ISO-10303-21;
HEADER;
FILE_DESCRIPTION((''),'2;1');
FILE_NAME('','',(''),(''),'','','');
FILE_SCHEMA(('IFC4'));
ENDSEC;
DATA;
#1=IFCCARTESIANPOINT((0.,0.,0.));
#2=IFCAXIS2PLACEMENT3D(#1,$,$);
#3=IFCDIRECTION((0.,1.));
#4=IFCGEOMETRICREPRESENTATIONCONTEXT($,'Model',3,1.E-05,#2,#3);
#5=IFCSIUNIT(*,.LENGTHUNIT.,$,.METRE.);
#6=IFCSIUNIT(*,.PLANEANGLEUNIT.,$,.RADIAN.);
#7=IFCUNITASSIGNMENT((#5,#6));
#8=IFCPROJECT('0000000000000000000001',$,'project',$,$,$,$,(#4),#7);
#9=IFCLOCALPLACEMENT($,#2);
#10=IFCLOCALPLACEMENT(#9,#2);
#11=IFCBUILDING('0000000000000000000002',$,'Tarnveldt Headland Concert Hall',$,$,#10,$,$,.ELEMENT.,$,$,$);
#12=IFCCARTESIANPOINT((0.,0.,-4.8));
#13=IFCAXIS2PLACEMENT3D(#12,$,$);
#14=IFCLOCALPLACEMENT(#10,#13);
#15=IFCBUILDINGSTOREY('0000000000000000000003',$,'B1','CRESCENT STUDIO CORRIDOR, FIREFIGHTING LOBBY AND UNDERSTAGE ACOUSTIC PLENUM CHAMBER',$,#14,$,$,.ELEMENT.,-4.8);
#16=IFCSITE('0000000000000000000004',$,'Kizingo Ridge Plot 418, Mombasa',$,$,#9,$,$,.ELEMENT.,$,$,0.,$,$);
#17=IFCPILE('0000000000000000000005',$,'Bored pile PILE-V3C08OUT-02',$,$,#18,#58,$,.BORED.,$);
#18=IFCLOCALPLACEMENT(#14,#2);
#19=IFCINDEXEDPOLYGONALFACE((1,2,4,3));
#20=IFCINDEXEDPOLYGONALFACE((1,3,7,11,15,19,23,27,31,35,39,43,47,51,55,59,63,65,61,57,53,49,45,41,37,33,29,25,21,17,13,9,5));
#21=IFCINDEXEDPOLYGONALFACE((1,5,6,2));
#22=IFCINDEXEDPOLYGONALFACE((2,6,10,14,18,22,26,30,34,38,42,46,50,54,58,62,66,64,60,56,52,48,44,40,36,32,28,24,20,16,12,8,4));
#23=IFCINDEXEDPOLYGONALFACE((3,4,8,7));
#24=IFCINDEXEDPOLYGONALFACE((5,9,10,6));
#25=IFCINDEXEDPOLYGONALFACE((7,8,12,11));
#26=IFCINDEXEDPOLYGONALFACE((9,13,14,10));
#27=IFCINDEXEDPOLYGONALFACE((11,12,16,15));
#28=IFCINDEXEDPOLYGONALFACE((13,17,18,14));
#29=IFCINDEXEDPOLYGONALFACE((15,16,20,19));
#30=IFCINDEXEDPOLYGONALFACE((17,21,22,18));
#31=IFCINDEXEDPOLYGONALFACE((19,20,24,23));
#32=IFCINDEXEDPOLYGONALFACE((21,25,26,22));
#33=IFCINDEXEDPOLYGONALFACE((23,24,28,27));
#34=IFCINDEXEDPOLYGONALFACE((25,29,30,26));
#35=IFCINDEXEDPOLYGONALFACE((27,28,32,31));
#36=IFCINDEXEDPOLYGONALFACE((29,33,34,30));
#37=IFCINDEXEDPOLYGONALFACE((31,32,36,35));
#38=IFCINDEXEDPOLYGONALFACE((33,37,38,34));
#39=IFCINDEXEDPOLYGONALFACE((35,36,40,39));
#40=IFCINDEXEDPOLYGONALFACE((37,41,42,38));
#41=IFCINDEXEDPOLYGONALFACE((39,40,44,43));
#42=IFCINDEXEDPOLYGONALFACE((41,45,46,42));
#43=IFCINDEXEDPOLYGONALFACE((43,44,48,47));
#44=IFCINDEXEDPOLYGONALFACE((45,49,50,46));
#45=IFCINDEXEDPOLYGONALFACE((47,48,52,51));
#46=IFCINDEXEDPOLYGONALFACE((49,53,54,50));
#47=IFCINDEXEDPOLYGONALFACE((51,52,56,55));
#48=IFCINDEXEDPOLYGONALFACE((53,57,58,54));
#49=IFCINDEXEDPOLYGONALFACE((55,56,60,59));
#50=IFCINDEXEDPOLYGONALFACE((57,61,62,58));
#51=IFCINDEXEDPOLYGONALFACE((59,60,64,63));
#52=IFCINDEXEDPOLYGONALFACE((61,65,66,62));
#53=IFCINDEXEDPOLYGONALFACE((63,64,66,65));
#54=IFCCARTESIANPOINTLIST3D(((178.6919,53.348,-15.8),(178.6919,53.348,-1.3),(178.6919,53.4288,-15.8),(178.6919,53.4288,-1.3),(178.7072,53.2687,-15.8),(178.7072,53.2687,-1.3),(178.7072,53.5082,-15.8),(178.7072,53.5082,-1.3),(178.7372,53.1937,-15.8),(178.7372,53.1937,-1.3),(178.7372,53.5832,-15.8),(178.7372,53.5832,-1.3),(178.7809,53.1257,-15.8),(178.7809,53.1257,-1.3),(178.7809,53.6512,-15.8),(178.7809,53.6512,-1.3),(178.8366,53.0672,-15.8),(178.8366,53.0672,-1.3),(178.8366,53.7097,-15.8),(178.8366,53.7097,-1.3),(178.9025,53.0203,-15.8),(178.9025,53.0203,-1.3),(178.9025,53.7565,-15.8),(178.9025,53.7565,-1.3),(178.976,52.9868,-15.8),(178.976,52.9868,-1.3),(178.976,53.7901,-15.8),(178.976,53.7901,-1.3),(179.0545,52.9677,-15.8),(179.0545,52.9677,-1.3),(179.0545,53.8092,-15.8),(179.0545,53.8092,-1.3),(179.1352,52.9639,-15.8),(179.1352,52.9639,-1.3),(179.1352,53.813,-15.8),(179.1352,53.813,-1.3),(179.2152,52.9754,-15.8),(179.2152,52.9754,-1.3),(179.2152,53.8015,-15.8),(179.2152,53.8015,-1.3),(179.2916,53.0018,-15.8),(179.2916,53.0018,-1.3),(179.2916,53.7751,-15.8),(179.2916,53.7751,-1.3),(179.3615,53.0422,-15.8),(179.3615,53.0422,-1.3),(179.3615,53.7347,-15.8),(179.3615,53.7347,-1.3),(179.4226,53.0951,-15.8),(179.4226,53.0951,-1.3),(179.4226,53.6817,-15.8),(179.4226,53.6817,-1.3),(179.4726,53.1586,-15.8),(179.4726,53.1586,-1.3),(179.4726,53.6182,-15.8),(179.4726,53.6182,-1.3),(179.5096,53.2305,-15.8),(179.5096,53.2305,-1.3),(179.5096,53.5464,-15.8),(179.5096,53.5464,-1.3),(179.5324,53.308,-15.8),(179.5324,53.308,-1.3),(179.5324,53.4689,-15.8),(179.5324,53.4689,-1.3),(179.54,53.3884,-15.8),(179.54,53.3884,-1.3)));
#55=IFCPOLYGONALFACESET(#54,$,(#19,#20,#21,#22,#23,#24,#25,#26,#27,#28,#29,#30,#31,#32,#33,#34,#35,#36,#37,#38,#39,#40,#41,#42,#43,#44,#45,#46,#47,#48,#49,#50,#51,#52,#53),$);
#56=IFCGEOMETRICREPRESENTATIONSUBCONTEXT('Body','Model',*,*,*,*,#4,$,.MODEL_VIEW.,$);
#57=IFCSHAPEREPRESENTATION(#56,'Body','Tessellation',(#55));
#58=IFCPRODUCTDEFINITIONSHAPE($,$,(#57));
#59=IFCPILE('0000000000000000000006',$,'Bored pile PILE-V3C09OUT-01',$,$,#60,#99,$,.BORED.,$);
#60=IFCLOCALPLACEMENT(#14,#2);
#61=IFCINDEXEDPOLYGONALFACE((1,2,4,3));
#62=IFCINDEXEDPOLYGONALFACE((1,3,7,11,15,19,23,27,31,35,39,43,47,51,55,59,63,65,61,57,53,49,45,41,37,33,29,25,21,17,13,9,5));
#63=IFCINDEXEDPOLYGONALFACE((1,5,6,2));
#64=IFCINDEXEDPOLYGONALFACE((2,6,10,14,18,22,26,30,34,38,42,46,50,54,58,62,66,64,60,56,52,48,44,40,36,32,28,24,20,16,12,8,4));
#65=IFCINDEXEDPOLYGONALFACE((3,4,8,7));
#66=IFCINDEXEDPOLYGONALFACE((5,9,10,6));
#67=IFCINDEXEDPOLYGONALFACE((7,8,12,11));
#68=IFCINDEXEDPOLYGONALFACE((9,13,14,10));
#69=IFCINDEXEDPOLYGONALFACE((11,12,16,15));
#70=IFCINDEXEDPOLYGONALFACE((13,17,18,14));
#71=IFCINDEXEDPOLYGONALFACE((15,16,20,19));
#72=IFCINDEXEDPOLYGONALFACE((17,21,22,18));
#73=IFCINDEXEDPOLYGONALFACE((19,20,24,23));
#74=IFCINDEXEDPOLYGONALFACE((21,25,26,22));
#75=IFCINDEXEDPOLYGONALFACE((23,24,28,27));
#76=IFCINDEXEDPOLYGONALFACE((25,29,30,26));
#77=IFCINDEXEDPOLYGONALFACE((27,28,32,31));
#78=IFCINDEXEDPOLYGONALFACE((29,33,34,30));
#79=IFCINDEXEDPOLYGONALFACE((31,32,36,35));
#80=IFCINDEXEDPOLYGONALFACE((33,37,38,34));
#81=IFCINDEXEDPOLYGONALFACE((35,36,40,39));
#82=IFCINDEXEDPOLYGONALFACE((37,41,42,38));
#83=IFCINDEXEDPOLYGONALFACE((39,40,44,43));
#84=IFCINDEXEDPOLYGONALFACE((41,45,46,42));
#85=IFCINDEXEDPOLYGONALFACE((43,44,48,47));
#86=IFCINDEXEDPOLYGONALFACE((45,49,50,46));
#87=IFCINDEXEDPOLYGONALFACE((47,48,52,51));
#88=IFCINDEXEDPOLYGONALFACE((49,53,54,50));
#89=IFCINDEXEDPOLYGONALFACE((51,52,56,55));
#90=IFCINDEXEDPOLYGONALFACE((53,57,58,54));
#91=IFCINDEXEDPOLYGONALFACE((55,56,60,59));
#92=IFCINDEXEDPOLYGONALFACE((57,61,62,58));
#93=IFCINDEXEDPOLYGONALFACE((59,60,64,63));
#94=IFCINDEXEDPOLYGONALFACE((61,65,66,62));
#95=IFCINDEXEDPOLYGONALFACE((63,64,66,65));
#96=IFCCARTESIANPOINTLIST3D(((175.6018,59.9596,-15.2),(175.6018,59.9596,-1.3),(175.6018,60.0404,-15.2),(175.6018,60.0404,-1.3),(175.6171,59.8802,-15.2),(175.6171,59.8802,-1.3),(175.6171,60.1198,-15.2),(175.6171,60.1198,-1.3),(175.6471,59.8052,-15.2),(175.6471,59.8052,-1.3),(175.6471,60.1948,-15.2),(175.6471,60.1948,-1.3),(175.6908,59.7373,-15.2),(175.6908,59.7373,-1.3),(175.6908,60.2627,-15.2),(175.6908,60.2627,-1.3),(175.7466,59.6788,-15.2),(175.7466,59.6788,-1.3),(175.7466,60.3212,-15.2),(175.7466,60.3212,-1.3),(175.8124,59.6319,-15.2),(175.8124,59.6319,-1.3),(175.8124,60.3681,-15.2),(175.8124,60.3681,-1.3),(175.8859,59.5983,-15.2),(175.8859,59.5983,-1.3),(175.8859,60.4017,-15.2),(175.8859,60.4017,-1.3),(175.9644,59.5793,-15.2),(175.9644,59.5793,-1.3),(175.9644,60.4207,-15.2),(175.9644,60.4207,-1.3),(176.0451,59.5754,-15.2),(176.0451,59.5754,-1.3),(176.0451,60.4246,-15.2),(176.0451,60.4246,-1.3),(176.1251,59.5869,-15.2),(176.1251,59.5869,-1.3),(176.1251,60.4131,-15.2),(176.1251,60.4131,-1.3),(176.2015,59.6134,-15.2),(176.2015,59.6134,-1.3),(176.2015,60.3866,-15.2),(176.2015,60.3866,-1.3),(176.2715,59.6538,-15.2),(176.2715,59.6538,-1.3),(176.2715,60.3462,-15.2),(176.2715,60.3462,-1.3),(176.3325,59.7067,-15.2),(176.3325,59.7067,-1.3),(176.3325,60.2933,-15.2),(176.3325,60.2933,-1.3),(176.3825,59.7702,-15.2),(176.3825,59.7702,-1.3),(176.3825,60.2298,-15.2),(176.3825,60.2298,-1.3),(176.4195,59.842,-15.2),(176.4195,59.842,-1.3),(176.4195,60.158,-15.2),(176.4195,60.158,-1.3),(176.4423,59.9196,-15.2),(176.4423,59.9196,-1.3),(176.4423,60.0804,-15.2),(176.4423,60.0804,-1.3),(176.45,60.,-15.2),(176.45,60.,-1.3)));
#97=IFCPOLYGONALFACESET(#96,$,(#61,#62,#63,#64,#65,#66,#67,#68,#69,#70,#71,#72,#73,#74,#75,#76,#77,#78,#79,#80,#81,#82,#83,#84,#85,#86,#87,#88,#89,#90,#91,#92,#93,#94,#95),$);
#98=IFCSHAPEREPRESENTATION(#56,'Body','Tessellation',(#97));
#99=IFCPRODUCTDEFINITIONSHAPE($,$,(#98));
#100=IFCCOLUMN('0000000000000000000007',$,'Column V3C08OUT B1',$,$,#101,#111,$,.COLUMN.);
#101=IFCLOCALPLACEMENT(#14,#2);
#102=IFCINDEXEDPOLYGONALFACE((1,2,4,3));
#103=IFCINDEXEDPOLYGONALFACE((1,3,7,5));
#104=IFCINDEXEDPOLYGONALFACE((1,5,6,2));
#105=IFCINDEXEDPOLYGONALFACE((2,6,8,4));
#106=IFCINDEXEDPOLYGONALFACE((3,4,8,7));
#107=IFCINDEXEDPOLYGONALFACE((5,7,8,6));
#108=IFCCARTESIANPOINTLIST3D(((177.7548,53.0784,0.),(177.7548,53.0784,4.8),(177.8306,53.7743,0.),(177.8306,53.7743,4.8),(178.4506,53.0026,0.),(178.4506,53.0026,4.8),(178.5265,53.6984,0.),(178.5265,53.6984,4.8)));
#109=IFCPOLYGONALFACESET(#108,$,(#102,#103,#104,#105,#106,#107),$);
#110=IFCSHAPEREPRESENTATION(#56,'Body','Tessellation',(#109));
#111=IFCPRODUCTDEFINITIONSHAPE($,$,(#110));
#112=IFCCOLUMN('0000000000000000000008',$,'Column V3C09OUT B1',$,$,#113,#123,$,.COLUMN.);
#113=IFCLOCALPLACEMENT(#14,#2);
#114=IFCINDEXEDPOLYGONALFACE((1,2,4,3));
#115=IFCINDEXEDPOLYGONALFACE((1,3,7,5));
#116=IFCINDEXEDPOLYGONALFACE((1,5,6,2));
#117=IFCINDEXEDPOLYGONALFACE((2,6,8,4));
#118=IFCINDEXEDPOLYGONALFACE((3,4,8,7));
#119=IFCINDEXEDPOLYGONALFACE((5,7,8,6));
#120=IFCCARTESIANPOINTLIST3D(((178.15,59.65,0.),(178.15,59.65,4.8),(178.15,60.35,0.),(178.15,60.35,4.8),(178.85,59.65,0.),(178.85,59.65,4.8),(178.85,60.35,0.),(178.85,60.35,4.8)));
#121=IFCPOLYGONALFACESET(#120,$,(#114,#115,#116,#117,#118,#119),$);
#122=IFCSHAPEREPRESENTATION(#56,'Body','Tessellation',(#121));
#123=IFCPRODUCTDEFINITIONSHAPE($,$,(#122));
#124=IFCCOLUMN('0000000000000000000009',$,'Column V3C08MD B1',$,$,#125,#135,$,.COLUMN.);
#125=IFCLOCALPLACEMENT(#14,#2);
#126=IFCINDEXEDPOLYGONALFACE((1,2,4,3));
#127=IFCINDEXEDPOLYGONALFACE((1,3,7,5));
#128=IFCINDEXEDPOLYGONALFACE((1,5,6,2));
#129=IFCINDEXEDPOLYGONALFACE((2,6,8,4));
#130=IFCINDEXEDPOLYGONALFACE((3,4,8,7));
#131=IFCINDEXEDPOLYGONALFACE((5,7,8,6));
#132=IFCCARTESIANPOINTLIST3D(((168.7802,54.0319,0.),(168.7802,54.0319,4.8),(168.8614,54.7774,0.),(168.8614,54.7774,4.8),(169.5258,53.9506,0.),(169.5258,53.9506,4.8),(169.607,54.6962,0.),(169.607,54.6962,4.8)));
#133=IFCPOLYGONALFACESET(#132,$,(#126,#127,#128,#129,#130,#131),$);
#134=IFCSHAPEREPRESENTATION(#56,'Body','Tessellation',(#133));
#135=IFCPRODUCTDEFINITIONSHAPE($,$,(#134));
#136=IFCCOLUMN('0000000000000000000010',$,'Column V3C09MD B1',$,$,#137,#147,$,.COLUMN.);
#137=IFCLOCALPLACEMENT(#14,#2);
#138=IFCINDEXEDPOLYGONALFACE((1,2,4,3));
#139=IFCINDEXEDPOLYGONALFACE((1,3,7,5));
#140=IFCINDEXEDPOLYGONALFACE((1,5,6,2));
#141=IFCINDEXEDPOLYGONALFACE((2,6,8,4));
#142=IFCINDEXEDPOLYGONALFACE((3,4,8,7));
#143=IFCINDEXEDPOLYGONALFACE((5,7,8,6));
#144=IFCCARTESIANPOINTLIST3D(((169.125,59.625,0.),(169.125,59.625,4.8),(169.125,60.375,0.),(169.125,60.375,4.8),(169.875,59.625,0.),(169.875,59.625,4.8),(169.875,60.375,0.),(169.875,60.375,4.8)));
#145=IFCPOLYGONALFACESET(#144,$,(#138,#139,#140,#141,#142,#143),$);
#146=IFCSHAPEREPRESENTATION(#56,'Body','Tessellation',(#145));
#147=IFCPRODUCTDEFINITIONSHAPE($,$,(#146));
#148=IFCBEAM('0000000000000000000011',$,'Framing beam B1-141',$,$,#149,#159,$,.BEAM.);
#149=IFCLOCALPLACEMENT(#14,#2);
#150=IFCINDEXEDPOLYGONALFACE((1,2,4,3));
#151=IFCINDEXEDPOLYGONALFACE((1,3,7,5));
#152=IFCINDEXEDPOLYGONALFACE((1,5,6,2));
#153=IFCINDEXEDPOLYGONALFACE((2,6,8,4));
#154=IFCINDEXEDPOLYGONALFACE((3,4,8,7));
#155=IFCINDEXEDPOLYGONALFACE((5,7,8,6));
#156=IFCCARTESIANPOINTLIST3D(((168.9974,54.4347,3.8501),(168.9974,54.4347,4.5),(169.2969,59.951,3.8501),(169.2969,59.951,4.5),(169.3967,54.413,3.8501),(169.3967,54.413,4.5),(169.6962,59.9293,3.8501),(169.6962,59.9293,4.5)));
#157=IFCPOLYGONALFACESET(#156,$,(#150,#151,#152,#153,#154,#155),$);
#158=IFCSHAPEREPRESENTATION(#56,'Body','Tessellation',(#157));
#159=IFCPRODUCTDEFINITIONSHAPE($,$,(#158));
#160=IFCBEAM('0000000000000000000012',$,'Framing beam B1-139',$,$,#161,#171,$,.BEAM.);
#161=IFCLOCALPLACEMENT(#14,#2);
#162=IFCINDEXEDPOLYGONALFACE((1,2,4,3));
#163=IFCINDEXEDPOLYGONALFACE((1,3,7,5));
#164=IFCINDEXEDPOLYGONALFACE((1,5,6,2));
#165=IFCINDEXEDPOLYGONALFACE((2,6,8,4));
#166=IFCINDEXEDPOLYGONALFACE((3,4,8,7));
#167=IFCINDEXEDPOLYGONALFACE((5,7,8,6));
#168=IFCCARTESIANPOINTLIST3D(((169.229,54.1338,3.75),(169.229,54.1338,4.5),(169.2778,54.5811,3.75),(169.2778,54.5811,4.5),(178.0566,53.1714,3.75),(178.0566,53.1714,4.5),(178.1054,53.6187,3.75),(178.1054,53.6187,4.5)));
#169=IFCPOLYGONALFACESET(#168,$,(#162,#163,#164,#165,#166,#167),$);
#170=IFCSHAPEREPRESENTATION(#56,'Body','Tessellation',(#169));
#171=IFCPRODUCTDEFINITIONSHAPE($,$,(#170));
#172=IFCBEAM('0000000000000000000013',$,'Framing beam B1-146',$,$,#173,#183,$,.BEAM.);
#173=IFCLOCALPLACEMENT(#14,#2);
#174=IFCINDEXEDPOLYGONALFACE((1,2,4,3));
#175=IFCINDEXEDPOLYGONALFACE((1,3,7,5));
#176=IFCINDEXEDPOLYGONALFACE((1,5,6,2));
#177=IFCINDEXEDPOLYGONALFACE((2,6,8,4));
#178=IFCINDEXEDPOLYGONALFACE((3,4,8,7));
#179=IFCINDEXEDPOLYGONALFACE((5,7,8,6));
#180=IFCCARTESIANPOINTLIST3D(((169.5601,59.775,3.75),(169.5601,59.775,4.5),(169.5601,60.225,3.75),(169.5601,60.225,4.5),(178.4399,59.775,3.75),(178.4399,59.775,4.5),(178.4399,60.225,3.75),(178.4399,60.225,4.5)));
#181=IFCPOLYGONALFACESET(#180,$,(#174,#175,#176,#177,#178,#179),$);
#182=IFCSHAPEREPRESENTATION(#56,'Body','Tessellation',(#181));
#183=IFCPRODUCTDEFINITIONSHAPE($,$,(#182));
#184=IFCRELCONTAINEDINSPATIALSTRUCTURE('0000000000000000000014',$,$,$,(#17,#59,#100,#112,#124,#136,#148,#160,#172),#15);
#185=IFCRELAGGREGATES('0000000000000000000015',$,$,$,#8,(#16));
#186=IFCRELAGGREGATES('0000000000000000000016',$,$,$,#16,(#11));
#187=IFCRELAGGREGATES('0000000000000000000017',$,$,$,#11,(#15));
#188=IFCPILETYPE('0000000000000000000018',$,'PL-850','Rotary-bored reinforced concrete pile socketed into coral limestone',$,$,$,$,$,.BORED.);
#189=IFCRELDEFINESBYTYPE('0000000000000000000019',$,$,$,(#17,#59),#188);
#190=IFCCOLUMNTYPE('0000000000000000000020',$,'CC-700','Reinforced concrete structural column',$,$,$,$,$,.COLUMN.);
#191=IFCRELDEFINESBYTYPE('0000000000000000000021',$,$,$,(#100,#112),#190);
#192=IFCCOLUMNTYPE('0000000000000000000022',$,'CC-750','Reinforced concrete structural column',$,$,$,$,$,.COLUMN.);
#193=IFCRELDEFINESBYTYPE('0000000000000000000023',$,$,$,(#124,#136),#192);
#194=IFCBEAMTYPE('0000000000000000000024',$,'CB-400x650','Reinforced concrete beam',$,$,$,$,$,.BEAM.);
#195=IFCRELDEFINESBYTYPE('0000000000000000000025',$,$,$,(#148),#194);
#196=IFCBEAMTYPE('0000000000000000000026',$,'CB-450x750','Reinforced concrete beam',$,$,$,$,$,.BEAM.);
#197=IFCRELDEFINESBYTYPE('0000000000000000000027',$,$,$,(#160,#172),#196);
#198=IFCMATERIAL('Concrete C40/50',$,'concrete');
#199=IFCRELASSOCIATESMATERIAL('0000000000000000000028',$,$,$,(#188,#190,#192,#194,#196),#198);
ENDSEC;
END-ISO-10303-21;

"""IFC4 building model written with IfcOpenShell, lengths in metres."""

from ifc_helpers import new_model, si_unit, direction, frame, origin, origin_2d, place, context, subcontext, project, spatial, rectangle, circle, extrude, material, material_profile, profile_set, type_object, element, save


model = new_model("IFC4")

# Units and contexts
model_context = context("Model", 3, precision=1e-05, world=origin(), true_north=direction((0.0, 1.0)))
body_context = subcontext(model_context, "Body", "Model", "MODEL_VIEW")
ifc_project = project(units=[si_unit("LENGTHUNIT", "METRE"), si_unit("PLANEANGLEUNIT", "RADIAN")], contexts=[model_context])

# Site, building, storey
site_placement = place(None, origin())
site = spatial("IfcSite", under=ifc_project, at=site_placement, Name="Kizingo Ridge Plot 418, Mombasa", CompositionType="ELEMENT", RefElevation=0.0)
building_placement = place(site_placement, origin())
building = spatial("IfcBuilding", under=site, at=building_placement, Name="Tarnveldt Headland Concert Hall", CompositionType="ELEMENT")
storey_placement = place(building_placement, frame((0.0, 0.0, -4.8)))
storey = spatial("IfcBuildingStorey", under=building, at=storey_placement, Name="B1", Description="CRESCENT STUDIO CORRIDOR, FIREFIGHTING LOBBY AND UNDERSTAGE ACOUSTIC PLENUM CHAMBER", CompositionType="ELEMENT", Elevation=-4.8)

# Shared definitions
ifc_material_1 = material(Name="Concrete C40/50", Category="concrete")

# Piles
ifc_material_profile_1 = material_profile(ifc_material_1, circle(Radius=0.425, at=origin_2d()), Name="BORED PILE D850", Category="concrete")
ifc_profile_set_1 = profile_set([ifc_material_profile_1], Name="Concrete C40/50")
pile_type_1 = type_object("IfcPileType", Name="PL-850", Description="Rotary-bored reinforced concrete pile socketed into coral limestone", PredefinedType="BORED", material=ifc_profile_set_1)
for number, where, z_axis, x_axis, name in (
    (1, (179.115, 53.3884, -1.3), (0.0, 0.0, -1.0), (1.0, 0.0, 0.0), "Bored pile PILE-V3C08OUT-02"),
):
    element("IfcPile", number, at=place(storey_placement, frame(where, z_axis=z_axis, x_axis=x_axis)), inside=storey, type_object=pile_type_1, Name=name, PredefinedType="BORED", context=body_context, shape_type="SweptSolid", body=[
        extrude(circle(Radius=0.425, at=origin_2d()), origin(), (0.0, 0.0, 1.0), 14.5),
    ])
pile_placement = place(storey_placement, frame((176.0249, 60.0, -1.3), z_axis=(0.0, 0.0, -1.0), x_axis=(1.0, 0.0, 0.0)))
element("IfcPile", 2, at=pile_placement, inside=storey, type_object=pile_type_1, Name="Bored pile PILE-V3C09OUT-01", PredefinedType="BORED", context=body_context, shape_type="SweptSolid", body=[
    extrude(circle(Radius=0.425, at=origin_2d()), origin(), (0.0, 0.0, 1.0), 13.8999),
])

# Columns
ifc_material_profile_2 = material_profile(ifc_material_1, rectangle(XDim=0.7, YDim=0.7, at=origin_2d()), Name="RC 700x700", Category="concrete")
ifc_profile_set_2 = profile_set([ifc_material_profile_2], Name="Concrete C40/50")
column_type_1 = type_object("IfcColumnType", Name="CC-700", Description="Reinforced concrete structural column", PredefinedType="COLUMN", material=ifc_profile_set_2)
for number, where, z_axis, x_axis, name in (
    (3, (178.1406, 53.3884, 0.0), (0.0, 0.0, 1.0), (0.994113, -0.108346, 0.0), "Column V3C08OUT B1"),
    (4, (178.5, 60.0, 0.0), (0.0, 0.0, 1.0), (1.0, 0.0, 0.0), "Column V3C09OUT B1"),
):
    element("IfcColumn", number, at=place(storey_placement, frame(where, z_axis=z_axis, x_axis=x_axis)), inside=storey, type_object=column_type_1, Name=name, PredefinedType="COLUMN", context=body_context, shape_type="SweptSolid", body=[
        extrude(rectangle(XDim=0.7, YDim=0.7, at=origin_2d()), origin(), (0.0, 0.0, 1.0), 4.8),
    ])
ifc_material_profile_3 = material_profile(ifc_material_1, rectangle(XDim=0.75, YDim=0.75, at=origin_2d()), Name="RC 750x750", Category="concrete")
ifc_profile_set_3 = profile_set([ifc_material_profile_3], Name="Concrete C40/50")
column_type_2 = type_object("IfcColumnType", Name="CC-750", Description="Reinforced concrete structural column", PredefinedType="COLUMN", material=ifc_profile_set_3)
for number, where, z_axis, x_axis, name in (
    (5, (169.1936, 54.364, 0.0), (0.0, 0.0, 1.0), (0.994113, -0.108346, 0.0), "Column V3C08MD B1"),
    (6, (169.5, 60.0, 0.0), (0.0, 0.0, 1.0), (1.0, 0.0, 0.0), "Column V3C09MD B1"),
):
    element("IfcColumn", number, at=place(storey_placement, frame(where, z_axis=z_axis, x_axis=x_axis)), inside=storey, type_object=column_type_2, Name=name, PredefinedType="COLUMN", context=body_context, shape_type="SweptSolid", body=[
        extrude(rectangle(XDim=0.75, YDim=0.75, at=origin_2d()), origin(), (0.0, 0.0, 1.0), 4.8),
    ])

# Beams
ifc_material_profile_4 = material_profile(ifc_material_1, rectangle(XDim=0.3999, YDim=0.6499, at=origin_2d()), Name="RC 400x650", Category="concrete")
ifc_profile_set_4 = profile_set([ifc_material_profile_4], Name="Concrete C40/50")
beam_type_1 = type_object("IfcBeamType", Name="CB-400x650", Description="Reinforced concrete beam", PredefinedType="BEAM", material=ifc_profile_set_4)
beam_1_placement = place(storey_placement, frame((169.197, 54.4238, 4.175), z_axis=(0.054224, 0.998529, 0.0), x_axis=(-0.998529, 0.054224, 0.0)))
element("IfcBeam", 7, at=beam_1_placement, inside=storey, type_object=beam_type_1, Name="Framing beam B1-141", PredefinedType="BEAM", context=body_context, shape_type="SweptSolid", body=[
    extrude(rectangle(XDim=0.3999, YDim=0.6499, at=origin_2d()), origin(), (0.0, 0.0, 1.0), 5.5244),
])
ifc_material_profile_5 = material_profile(ifc_material_1, rectangle(XDim=0.45, YDim=0.75, at=origin_2d()), Name="RC 450x750", Category="concrete")
ifc_profile_set_5 = profile_set([ifc_material_profile_5], Name="Concrete C40/50")
beam_type_2 = type_object("IfcBeamType", Name="CB-450x750", Description="Reinforced concrete beam", PredefinedType="BEAM", material=ifc_profile_set_5)
for number, where, z_axis, x_axis, name in (
    (8, (169.2534, 54.3574, 4.125), (0.99411, -0.108379, 0.0), (0.108379, 0.99411, 0.0), "Framing beam B1-139"),
    (9, (169.5601, 60.0, 4.125), (1.0, 0.0, 0.0), (0.0, 1.0, 0.0), "Framing beam B1-146"),
):
    element("IfcBeam", number, at=place(storey_placement, frame(where, z_axis=z_axis, x_axis=x_axis)), inside=storey, type_object=beam_type_2, Name=name, PredefinedType="BEAM", context=body_context, shape_type="SweptSolid", body=[
        extrude(rectangle(XDim=0.45, YDim=0.75, at=origin_2d()), origin(), (0.0, 0.0, 1.0), 8.8799),
    ])

save(model, "model.ifc")
